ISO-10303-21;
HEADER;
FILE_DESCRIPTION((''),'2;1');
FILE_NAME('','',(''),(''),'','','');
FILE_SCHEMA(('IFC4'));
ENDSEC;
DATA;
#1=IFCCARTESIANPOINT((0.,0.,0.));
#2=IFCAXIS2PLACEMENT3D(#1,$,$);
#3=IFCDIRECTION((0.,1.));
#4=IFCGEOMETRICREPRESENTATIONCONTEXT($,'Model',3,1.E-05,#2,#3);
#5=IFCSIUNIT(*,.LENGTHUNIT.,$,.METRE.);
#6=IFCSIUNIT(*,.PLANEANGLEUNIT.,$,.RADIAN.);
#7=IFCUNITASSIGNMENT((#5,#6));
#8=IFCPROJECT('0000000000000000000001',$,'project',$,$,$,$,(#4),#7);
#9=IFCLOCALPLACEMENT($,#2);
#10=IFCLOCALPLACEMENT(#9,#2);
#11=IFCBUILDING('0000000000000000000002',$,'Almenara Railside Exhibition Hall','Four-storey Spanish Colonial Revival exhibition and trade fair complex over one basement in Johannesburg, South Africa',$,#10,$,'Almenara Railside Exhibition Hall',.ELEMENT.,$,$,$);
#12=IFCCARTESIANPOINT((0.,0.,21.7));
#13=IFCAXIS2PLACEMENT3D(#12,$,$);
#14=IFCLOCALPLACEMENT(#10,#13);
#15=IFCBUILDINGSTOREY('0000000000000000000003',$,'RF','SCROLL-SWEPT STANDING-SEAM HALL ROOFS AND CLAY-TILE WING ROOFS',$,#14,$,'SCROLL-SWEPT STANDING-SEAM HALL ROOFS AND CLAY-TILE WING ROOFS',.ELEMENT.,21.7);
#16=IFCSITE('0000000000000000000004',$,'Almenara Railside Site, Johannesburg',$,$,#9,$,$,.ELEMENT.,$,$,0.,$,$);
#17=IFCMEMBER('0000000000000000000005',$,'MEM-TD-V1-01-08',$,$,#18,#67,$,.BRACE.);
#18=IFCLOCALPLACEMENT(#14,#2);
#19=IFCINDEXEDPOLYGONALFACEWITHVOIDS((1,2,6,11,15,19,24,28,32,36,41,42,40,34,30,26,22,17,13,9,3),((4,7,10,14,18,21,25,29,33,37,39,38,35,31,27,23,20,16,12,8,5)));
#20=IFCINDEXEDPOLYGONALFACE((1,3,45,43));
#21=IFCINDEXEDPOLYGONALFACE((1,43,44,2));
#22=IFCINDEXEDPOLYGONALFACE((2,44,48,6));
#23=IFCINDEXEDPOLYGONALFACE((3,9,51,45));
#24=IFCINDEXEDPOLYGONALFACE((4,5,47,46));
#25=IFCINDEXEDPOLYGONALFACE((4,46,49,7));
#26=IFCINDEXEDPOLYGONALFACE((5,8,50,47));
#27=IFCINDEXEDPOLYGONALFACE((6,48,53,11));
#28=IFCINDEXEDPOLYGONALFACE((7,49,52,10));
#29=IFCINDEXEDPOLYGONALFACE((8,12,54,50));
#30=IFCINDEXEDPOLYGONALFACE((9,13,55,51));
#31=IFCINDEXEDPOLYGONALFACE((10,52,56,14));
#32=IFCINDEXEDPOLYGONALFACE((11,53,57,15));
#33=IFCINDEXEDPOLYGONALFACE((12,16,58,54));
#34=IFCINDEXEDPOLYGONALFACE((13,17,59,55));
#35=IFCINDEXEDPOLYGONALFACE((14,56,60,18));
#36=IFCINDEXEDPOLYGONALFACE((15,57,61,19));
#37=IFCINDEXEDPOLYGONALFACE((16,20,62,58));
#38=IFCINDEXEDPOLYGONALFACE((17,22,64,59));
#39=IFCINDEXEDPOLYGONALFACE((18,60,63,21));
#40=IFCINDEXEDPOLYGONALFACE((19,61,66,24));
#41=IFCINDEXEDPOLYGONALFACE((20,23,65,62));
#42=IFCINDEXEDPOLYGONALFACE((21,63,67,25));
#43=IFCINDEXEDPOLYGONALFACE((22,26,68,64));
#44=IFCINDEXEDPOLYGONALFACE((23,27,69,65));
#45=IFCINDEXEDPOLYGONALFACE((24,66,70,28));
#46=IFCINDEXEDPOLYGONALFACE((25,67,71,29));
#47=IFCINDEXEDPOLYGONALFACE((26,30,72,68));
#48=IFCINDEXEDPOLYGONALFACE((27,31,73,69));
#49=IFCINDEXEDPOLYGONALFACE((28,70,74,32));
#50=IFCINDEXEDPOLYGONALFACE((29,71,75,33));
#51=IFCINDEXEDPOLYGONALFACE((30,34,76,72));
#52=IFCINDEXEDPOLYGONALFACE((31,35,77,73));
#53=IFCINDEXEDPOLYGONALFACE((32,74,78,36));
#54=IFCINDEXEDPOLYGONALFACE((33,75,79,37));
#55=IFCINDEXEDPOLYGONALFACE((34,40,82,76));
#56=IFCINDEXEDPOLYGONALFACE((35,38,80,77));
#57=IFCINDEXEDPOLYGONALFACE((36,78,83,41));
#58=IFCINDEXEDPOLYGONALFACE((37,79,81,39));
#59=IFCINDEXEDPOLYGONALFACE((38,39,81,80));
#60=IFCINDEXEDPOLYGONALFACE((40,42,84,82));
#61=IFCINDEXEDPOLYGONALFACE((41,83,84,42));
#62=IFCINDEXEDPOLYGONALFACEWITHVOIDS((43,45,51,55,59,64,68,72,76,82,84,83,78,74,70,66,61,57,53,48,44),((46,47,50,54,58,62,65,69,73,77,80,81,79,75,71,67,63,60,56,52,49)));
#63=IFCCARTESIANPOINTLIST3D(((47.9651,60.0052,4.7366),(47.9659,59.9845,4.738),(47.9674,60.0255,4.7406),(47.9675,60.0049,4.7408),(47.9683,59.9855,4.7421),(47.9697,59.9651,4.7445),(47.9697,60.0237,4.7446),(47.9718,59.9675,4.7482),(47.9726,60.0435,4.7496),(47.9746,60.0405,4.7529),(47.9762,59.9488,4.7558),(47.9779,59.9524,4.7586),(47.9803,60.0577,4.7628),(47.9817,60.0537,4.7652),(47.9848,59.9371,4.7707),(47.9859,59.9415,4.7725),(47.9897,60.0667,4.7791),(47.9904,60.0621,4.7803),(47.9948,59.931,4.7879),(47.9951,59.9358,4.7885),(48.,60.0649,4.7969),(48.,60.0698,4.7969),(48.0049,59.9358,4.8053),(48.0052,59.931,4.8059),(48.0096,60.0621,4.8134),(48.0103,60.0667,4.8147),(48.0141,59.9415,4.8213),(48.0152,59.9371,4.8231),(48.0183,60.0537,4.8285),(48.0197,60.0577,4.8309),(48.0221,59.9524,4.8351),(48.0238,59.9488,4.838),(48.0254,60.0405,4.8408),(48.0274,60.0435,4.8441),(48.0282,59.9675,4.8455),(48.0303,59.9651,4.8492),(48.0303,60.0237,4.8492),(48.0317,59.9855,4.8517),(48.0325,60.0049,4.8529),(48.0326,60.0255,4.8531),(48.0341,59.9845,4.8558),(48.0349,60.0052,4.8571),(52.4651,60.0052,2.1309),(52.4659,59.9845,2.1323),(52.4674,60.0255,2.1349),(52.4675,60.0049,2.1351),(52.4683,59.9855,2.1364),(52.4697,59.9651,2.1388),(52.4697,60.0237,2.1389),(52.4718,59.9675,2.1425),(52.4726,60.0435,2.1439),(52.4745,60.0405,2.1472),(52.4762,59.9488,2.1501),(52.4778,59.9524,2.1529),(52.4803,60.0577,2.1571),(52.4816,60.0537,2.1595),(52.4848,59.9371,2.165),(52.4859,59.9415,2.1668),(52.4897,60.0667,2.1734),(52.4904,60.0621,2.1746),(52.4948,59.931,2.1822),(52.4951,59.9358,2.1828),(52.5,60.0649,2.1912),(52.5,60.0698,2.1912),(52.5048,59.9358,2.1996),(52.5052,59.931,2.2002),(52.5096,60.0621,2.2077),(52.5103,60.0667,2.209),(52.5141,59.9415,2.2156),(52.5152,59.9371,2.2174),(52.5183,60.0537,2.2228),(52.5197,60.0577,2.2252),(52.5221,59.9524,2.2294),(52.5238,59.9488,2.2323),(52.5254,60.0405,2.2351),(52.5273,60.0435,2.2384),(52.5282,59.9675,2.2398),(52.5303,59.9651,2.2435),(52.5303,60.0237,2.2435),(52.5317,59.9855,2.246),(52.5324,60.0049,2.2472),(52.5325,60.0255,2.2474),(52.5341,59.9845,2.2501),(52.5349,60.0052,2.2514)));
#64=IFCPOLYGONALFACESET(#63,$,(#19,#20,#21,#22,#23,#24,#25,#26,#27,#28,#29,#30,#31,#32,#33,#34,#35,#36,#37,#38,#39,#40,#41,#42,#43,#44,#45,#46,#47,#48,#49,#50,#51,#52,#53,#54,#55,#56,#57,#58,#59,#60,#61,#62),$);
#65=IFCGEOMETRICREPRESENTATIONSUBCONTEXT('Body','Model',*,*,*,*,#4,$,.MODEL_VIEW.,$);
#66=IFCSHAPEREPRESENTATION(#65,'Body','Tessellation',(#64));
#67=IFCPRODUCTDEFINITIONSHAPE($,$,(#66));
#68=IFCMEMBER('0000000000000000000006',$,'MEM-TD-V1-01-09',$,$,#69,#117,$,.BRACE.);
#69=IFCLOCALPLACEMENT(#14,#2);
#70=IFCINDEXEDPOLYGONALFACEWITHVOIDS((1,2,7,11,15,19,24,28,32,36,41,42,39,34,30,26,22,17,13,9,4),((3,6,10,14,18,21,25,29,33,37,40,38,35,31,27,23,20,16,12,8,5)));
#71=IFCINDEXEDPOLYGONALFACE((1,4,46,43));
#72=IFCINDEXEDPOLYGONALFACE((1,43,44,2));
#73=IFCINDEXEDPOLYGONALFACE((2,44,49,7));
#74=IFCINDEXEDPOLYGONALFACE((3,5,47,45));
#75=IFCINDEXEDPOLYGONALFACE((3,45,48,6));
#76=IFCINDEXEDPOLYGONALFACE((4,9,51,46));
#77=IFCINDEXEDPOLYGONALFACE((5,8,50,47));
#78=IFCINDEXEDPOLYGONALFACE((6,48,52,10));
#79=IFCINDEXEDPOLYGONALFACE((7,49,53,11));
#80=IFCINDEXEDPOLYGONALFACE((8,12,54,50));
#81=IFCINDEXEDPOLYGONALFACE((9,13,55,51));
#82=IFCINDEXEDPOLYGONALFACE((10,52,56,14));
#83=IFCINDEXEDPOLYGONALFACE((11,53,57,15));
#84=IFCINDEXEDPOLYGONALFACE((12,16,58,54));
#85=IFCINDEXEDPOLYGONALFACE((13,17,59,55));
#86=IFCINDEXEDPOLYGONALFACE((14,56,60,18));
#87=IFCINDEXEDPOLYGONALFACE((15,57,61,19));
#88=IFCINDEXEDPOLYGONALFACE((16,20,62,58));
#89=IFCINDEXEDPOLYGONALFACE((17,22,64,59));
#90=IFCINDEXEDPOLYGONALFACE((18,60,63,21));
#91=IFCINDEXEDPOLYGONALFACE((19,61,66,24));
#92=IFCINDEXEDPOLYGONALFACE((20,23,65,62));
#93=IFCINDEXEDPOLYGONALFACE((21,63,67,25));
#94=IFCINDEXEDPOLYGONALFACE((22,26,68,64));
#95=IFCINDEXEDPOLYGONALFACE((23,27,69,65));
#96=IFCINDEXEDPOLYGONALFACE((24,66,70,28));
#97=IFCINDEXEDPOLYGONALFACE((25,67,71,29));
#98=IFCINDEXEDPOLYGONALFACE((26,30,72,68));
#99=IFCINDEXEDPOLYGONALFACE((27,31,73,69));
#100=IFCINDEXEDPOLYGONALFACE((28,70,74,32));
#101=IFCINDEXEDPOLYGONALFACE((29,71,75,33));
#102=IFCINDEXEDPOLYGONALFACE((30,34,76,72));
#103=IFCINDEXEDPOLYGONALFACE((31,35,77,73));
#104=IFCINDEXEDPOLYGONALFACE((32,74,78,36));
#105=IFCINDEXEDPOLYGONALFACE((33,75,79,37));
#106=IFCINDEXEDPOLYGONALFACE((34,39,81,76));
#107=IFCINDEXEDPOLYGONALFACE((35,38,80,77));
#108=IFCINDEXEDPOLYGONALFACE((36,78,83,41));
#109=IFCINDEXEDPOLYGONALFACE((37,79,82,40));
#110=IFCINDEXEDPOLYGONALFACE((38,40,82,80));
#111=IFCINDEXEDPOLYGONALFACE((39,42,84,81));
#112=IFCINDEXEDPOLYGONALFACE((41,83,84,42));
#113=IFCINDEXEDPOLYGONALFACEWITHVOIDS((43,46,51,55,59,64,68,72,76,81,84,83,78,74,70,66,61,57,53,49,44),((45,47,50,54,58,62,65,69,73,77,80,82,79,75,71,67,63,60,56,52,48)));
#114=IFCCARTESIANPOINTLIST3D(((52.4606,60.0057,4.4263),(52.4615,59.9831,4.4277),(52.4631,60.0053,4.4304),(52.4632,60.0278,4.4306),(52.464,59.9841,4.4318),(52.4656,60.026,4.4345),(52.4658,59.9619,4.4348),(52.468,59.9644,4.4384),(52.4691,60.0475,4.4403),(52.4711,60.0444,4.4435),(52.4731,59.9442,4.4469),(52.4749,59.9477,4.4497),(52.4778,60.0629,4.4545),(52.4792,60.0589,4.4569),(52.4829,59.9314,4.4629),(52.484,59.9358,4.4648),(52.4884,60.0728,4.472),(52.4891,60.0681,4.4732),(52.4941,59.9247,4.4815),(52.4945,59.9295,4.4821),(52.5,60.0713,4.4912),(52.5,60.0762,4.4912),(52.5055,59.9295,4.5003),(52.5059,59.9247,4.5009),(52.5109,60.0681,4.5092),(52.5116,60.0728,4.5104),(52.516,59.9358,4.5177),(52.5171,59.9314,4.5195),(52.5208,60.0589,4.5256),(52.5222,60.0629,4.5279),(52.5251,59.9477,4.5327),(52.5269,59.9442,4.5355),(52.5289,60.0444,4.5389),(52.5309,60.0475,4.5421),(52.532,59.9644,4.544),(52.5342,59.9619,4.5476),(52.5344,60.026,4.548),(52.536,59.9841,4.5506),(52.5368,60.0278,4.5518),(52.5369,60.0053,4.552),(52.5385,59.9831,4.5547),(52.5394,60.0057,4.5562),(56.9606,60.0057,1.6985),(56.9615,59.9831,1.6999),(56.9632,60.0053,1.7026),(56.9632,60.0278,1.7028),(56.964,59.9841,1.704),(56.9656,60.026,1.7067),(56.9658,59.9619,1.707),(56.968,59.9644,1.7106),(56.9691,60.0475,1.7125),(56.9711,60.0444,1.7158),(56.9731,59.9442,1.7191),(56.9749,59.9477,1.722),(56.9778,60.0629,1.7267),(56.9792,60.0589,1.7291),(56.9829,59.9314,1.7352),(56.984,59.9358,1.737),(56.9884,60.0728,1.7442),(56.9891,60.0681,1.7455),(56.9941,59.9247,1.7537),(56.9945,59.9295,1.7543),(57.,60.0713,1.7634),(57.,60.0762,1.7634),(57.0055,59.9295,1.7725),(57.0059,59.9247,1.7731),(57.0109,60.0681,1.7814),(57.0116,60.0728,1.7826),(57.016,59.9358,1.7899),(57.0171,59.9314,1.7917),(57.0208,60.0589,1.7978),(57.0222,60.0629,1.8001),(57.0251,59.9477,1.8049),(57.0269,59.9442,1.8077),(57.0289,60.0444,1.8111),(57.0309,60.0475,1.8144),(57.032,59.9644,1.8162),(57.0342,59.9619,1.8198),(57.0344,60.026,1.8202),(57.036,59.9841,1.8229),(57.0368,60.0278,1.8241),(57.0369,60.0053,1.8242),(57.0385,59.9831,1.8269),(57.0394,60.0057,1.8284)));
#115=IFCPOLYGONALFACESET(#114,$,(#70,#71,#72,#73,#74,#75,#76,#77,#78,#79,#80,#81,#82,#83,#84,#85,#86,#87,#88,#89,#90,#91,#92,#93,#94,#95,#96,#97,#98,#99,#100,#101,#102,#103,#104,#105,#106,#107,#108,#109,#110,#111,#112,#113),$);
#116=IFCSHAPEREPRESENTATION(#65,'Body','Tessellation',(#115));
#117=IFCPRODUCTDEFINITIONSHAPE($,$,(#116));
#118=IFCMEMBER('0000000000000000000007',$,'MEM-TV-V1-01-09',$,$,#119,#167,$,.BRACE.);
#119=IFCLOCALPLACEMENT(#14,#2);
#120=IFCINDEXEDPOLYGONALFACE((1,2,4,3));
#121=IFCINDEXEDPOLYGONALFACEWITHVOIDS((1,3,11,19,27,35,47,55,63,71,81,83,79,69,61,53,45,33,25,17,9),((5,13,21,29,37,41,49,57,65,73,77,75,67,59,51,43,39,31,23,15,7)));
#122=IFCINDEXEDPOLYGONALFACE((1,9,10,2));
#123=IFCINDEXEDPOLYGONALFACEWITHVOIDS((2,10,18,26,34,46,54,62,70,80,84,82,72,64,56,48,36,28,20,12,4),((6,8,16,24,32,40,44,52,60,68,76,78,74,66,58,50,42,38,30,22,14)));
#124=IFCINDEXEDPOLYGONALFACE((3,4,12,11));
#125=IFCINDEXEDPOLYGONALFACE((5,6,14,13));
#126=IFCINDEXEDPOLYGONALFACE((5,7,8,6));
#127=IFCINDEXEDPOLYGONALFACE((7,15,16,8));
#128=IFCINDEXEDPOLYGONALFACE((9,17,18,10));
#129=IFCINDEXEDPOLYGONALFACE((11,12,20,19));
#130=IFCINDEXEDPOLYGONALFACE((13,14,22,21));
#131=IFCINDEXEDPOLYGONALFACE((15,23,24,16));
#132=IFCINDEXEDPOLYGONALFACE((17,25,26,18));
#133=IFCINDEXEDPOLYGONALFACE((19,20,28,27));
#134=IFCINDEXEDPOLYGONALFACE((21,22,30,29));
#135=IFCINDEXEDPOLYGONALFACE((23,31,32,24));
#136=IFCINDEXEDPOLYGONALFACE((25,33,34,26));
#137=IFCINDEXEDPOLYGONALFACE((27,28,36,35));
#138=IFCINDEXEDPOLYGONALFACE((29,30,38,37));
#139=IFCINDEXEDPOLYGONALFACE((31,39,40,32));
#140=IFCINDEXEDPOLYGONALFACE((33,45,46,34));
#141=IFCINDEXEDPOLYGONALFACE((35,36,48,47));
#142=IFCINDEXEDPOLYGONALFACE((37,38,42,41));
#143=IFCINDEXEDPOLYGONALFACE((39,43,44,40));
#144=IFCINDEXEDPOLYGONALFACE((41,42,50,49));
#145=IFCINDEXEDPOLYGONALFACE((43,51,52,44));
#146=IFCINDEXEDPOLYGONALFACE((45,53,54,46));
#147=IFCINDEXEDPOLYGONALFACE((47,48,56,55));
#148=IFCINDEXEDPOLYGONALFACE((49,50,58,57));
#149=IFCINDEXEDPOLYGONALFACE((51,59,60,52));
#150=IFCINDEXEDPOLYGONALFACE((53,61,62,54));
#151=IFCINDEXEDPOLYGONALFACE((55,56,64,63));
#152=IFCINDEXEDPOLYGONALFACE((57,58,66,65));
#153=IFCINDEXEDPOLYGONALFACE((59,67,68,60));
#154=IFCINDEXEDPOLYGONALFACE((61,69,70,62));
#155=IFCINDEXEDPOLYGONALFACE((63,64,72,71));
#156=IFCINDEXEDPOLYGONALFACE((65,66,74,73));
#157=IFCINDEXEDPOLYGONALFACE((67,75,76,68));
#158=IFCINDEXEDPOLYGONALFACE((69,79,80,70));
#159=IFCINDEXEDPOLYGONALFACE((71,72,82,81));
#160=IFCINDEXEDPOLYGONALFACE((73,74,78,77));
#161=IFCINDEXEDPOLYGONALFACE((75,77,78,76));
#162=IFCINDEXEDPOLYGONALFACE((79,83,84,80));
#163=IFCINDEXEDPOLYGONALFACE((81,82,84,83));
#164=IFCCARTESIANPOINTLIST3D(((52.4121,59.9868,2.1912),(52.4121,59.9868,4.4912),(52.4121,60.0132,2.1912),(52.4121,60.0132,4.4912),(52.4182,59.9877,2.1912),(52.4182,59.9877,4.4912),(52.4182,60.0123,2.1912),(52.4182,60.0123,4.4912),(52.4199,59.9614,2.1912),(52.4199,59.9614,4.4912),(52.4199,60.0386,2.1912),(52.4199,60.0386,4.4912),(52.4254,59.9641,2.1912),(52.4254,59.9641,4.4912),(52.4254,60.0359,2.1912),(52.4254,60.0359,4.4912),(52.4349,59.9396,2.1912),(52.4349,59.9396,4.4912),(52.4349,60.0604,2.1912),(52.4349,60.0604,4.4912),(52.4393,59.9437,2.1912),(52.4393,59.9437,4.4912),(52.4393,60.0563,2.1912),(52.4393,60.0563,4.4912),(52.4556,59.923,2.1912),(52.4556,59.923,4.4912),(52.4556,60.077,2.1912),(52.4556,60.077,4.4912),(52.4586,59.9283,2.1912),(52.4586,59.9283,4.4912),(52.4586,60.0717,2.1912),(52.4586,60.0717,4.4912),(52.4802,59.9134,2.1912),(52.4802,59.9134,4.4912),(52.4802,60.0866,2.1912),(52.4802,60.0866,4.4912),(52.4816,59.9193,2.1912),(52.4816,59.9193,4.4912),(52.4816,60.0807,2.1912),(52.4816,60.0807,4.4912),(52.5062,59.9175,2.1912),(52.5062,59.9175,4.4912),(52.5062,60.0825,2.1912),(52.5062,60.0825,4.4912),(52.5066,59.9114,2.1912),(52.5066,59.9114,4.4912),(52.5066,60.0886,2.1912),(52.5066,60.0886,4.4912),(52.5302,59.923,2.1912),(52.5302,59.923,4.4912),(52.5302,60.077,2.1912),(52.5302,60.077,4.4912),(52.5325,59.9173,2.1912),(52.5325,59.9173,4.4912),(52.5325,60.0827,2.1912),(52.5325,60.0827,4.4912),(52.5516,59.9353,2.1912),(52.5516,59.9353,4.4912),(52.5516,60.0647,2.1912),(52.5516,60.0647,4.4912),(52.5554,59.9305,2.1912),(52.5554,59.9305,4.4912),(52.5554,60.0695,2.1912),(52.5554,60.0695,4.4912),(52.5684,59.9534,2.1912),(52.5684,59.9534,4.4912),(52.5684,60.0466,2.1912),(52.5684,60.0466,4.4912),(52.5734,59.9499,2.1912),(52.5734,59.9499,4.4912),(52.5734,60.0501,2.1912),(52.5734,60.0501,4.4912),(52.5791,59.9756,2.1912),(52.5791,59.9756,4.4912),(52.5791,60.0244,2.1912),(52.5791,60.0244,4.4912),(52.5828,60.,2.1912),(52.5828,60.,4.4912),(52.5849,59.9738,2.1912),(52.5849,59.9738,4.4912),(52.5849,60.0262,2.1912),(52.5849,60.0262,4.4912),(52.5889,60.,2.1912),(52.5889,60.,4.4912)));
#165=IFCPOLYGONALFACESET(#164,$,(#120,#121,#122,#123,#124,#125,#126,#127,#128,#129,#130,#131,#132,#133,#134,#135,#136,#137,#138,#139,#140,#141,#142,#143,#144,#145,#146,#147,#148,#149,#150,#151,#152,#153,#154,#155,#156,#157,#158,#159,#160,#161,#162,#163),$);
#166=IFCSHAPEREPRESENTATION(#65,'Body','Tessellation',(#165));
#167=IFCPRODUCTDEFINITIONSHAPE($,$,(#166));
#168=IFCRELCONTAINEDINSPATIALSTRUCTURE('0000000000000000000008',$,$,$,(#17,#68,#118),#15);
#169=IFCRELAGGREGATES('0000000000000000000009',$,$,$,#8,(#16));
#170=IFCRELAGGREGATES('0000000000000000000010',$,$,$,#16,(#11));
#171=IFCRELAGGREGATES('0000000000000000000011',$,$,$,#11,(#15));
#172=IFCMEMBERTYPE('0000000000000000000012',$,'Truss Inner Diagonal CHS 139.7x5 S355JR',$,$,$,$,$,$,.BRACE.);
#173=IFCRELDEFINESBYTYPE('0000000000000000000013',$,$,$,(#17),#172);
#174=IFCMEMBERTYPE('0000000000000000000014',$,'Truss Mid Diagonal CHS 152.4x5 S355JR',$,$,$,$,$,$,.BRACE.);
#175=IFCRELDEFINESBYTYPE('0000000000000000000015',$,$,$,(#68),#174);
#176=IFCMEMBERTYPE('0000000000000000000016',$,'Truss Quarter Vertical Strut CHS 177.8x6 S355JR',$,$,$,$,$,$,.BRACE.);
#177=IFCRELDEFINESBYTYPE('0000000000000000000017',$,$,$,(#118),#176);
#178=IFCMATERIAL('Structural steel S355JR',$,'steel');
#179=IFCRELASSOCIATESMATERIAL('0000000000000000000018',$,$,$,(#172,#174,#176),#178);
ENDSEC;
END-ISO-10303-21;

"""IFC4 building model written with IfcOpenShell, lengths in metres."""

from ifc_helpers import new_model, si_unit, direction, frame, origin, origin_2d, place, context, subcontext, project, spatial, hollow_circle, extrude, material, material_profile, profile_set, type_object, element, save


model = new_model("IFC4")

# Units and contexts
model_context = context("Model", 3, precision=1e-05, world=origin(), true_north=direction((0.0, 1.0)))
body_context = subcontext(model_context, "Body", "Model", "MODEL_VIEW")
ifc_project = project(units=[si_unit("LENGTHUNIT", "METRE"), si_unit("PLANEANGLEUNIT", "RADIAN")], contexts=[model_context])

# Site, building, storey
site_placement = place(None, origin())
site = spatial("IfcSite", under=ifc_project, at=site_placement, Name="Almenara Railside Site, Johannesburg", CompositionType="ELEMENT", RefElevation=0.0)
building_placement = place(site_placement, origin())
building = spatial("IfcBuilding", under=site, at=building_placement, Name="Almenara Railside Exhibition Hall", Description="Four-storey Spanish Colonial Revival exhibition and trade fair complex over one basement in Johannesburg, South Africa", LongName="Almenara Railside Exhibition Hall", CompositionType="ELEMENT")
storey_placement = place(building_placement, frame((0.0, 0.0, 21.7)))
storey = spatial("IfcBuildingStorey", under=building, at=storey_placement, Name="RF", Description="SCROLL-SWEPT STANDING-SEAM HALL ROOFS AND CLAY-TILE WING ROOFS", LongName="SCROLL-SWEPT STANDING-SEAM HALL ROOFS AND CLAY-TILE WING ROOFS", CompositionType="ELEMENT", Elevation=21.7)

# Members
ifc_material_1 = material(Name="Structural steel S355JR", Category="steel")
ifc_material_profile_1 = material_profile(ifc_material_1, hollow_circle(Radius=0.0698, WallThickness=0.0049, at=origin_2d()), Name="CHS 139.7x5")
ifc_profile_set_1 = profile_set([ifc_material_profile_1], Name="Structural steel S355JR")
member_type_1 = type_object("IfcMemberType", Name="Truss Inner Diagonal CHS 139.7x5 S355JR", PredefinedType="BRACE", material=ifc_profile_set_1)
member_1_placement = place(storey_placement, frame((48.0, 60.0, 4.7969), z_axis=(0.865389, 0.0, -0.501101), x_axis=(0.0, 1.0, 0.0)))
element("IfcMember", 1, at=member_1_placement, inside=storey, type_object=member_type_1, Name="MEM-TD-V1-01-08", PredefinedType="BRACE", context=body_context, shape_type="SweptSolid", body=[
    extrude(hollow_circle(Radius=0.0698, WallThickness=0.0049, at=origin_2d()), origin(), (0.0, 0.0, 1.0), 5.2),
])
ifc_material_profile_2 = material_profile(ifc_material_1, hollow_circle(Radius=0.0762, WallThickness=0.0049, at=origin_2d()), Name="CHS 152.4x5")
ifc_profile_set_2 = profile_set([ifc_material_profile_2], Name="Structural steel S355JR")
member_type_2 = type_object("IfcMemberType", Name="Truss Mid Diagonal CHS 152.4x5 S355JR", PredefinedType="BRACE", material=ifc_profile_set_2)
member_2_placement = place(storey_placement, frame((52.5, 60.0, 4.4912), z_axis=(0.855155, 0.0, -0.518373), x_axis=(0.0, 1.0, 0.0)))
element("IfcMember", 2, at=member_2_placement, inside=storey, type_object=member_type_2, Name="MEM-TD-V1-01-09", PredefinedType="BRACE", context=body_context, shape_type="SweptSolid", body=[
    extrude(hollow_circle(Radius=0.0762, WallThickness=0.0049, at=origin_2d()), origin(), (0.0, 0.0, 1.0), 5.2622),
])
ifc_material_profile_3 = material_profile(ifc_material_1, hollow_circle(Radius=0.0889, WallThickness=0.0061, at=origin_2d()), Name="CHS 177.8x6")
ifc_profile_set_3 = profile_set([ifc_material_profile_3], Name="Structural steel S355JR")
member_type_3 = type_object("IfcMemberType", Name="Truss Quarter Vertical Strut CHS 177.8x6 S355JR", PredefinedType="BRACE", material=ifc_profile_set_3)
member_3_placement = place(storey_placement, frame((52.5, 60.0, 2.1912), z_axis=(0.0, 0.0, 1.0), x_axis=(1.0, 0.0, 0.0)))
element("IfcMember", 3, at=member_3_placement, inside=storey, type_object=member_type_3, Name="MEM-TV-V1-01-09", PredefinedType="BRACE", context=body_context, shape_type="SweptSolid", body=[
    extrude(hollow_circle(Radius=0.0889, WallThickness=0.0061, at=origin_2d()), origin(), (0.0, 0.0, 1.0), 2.3),
])

save(model, "model.ifc")
